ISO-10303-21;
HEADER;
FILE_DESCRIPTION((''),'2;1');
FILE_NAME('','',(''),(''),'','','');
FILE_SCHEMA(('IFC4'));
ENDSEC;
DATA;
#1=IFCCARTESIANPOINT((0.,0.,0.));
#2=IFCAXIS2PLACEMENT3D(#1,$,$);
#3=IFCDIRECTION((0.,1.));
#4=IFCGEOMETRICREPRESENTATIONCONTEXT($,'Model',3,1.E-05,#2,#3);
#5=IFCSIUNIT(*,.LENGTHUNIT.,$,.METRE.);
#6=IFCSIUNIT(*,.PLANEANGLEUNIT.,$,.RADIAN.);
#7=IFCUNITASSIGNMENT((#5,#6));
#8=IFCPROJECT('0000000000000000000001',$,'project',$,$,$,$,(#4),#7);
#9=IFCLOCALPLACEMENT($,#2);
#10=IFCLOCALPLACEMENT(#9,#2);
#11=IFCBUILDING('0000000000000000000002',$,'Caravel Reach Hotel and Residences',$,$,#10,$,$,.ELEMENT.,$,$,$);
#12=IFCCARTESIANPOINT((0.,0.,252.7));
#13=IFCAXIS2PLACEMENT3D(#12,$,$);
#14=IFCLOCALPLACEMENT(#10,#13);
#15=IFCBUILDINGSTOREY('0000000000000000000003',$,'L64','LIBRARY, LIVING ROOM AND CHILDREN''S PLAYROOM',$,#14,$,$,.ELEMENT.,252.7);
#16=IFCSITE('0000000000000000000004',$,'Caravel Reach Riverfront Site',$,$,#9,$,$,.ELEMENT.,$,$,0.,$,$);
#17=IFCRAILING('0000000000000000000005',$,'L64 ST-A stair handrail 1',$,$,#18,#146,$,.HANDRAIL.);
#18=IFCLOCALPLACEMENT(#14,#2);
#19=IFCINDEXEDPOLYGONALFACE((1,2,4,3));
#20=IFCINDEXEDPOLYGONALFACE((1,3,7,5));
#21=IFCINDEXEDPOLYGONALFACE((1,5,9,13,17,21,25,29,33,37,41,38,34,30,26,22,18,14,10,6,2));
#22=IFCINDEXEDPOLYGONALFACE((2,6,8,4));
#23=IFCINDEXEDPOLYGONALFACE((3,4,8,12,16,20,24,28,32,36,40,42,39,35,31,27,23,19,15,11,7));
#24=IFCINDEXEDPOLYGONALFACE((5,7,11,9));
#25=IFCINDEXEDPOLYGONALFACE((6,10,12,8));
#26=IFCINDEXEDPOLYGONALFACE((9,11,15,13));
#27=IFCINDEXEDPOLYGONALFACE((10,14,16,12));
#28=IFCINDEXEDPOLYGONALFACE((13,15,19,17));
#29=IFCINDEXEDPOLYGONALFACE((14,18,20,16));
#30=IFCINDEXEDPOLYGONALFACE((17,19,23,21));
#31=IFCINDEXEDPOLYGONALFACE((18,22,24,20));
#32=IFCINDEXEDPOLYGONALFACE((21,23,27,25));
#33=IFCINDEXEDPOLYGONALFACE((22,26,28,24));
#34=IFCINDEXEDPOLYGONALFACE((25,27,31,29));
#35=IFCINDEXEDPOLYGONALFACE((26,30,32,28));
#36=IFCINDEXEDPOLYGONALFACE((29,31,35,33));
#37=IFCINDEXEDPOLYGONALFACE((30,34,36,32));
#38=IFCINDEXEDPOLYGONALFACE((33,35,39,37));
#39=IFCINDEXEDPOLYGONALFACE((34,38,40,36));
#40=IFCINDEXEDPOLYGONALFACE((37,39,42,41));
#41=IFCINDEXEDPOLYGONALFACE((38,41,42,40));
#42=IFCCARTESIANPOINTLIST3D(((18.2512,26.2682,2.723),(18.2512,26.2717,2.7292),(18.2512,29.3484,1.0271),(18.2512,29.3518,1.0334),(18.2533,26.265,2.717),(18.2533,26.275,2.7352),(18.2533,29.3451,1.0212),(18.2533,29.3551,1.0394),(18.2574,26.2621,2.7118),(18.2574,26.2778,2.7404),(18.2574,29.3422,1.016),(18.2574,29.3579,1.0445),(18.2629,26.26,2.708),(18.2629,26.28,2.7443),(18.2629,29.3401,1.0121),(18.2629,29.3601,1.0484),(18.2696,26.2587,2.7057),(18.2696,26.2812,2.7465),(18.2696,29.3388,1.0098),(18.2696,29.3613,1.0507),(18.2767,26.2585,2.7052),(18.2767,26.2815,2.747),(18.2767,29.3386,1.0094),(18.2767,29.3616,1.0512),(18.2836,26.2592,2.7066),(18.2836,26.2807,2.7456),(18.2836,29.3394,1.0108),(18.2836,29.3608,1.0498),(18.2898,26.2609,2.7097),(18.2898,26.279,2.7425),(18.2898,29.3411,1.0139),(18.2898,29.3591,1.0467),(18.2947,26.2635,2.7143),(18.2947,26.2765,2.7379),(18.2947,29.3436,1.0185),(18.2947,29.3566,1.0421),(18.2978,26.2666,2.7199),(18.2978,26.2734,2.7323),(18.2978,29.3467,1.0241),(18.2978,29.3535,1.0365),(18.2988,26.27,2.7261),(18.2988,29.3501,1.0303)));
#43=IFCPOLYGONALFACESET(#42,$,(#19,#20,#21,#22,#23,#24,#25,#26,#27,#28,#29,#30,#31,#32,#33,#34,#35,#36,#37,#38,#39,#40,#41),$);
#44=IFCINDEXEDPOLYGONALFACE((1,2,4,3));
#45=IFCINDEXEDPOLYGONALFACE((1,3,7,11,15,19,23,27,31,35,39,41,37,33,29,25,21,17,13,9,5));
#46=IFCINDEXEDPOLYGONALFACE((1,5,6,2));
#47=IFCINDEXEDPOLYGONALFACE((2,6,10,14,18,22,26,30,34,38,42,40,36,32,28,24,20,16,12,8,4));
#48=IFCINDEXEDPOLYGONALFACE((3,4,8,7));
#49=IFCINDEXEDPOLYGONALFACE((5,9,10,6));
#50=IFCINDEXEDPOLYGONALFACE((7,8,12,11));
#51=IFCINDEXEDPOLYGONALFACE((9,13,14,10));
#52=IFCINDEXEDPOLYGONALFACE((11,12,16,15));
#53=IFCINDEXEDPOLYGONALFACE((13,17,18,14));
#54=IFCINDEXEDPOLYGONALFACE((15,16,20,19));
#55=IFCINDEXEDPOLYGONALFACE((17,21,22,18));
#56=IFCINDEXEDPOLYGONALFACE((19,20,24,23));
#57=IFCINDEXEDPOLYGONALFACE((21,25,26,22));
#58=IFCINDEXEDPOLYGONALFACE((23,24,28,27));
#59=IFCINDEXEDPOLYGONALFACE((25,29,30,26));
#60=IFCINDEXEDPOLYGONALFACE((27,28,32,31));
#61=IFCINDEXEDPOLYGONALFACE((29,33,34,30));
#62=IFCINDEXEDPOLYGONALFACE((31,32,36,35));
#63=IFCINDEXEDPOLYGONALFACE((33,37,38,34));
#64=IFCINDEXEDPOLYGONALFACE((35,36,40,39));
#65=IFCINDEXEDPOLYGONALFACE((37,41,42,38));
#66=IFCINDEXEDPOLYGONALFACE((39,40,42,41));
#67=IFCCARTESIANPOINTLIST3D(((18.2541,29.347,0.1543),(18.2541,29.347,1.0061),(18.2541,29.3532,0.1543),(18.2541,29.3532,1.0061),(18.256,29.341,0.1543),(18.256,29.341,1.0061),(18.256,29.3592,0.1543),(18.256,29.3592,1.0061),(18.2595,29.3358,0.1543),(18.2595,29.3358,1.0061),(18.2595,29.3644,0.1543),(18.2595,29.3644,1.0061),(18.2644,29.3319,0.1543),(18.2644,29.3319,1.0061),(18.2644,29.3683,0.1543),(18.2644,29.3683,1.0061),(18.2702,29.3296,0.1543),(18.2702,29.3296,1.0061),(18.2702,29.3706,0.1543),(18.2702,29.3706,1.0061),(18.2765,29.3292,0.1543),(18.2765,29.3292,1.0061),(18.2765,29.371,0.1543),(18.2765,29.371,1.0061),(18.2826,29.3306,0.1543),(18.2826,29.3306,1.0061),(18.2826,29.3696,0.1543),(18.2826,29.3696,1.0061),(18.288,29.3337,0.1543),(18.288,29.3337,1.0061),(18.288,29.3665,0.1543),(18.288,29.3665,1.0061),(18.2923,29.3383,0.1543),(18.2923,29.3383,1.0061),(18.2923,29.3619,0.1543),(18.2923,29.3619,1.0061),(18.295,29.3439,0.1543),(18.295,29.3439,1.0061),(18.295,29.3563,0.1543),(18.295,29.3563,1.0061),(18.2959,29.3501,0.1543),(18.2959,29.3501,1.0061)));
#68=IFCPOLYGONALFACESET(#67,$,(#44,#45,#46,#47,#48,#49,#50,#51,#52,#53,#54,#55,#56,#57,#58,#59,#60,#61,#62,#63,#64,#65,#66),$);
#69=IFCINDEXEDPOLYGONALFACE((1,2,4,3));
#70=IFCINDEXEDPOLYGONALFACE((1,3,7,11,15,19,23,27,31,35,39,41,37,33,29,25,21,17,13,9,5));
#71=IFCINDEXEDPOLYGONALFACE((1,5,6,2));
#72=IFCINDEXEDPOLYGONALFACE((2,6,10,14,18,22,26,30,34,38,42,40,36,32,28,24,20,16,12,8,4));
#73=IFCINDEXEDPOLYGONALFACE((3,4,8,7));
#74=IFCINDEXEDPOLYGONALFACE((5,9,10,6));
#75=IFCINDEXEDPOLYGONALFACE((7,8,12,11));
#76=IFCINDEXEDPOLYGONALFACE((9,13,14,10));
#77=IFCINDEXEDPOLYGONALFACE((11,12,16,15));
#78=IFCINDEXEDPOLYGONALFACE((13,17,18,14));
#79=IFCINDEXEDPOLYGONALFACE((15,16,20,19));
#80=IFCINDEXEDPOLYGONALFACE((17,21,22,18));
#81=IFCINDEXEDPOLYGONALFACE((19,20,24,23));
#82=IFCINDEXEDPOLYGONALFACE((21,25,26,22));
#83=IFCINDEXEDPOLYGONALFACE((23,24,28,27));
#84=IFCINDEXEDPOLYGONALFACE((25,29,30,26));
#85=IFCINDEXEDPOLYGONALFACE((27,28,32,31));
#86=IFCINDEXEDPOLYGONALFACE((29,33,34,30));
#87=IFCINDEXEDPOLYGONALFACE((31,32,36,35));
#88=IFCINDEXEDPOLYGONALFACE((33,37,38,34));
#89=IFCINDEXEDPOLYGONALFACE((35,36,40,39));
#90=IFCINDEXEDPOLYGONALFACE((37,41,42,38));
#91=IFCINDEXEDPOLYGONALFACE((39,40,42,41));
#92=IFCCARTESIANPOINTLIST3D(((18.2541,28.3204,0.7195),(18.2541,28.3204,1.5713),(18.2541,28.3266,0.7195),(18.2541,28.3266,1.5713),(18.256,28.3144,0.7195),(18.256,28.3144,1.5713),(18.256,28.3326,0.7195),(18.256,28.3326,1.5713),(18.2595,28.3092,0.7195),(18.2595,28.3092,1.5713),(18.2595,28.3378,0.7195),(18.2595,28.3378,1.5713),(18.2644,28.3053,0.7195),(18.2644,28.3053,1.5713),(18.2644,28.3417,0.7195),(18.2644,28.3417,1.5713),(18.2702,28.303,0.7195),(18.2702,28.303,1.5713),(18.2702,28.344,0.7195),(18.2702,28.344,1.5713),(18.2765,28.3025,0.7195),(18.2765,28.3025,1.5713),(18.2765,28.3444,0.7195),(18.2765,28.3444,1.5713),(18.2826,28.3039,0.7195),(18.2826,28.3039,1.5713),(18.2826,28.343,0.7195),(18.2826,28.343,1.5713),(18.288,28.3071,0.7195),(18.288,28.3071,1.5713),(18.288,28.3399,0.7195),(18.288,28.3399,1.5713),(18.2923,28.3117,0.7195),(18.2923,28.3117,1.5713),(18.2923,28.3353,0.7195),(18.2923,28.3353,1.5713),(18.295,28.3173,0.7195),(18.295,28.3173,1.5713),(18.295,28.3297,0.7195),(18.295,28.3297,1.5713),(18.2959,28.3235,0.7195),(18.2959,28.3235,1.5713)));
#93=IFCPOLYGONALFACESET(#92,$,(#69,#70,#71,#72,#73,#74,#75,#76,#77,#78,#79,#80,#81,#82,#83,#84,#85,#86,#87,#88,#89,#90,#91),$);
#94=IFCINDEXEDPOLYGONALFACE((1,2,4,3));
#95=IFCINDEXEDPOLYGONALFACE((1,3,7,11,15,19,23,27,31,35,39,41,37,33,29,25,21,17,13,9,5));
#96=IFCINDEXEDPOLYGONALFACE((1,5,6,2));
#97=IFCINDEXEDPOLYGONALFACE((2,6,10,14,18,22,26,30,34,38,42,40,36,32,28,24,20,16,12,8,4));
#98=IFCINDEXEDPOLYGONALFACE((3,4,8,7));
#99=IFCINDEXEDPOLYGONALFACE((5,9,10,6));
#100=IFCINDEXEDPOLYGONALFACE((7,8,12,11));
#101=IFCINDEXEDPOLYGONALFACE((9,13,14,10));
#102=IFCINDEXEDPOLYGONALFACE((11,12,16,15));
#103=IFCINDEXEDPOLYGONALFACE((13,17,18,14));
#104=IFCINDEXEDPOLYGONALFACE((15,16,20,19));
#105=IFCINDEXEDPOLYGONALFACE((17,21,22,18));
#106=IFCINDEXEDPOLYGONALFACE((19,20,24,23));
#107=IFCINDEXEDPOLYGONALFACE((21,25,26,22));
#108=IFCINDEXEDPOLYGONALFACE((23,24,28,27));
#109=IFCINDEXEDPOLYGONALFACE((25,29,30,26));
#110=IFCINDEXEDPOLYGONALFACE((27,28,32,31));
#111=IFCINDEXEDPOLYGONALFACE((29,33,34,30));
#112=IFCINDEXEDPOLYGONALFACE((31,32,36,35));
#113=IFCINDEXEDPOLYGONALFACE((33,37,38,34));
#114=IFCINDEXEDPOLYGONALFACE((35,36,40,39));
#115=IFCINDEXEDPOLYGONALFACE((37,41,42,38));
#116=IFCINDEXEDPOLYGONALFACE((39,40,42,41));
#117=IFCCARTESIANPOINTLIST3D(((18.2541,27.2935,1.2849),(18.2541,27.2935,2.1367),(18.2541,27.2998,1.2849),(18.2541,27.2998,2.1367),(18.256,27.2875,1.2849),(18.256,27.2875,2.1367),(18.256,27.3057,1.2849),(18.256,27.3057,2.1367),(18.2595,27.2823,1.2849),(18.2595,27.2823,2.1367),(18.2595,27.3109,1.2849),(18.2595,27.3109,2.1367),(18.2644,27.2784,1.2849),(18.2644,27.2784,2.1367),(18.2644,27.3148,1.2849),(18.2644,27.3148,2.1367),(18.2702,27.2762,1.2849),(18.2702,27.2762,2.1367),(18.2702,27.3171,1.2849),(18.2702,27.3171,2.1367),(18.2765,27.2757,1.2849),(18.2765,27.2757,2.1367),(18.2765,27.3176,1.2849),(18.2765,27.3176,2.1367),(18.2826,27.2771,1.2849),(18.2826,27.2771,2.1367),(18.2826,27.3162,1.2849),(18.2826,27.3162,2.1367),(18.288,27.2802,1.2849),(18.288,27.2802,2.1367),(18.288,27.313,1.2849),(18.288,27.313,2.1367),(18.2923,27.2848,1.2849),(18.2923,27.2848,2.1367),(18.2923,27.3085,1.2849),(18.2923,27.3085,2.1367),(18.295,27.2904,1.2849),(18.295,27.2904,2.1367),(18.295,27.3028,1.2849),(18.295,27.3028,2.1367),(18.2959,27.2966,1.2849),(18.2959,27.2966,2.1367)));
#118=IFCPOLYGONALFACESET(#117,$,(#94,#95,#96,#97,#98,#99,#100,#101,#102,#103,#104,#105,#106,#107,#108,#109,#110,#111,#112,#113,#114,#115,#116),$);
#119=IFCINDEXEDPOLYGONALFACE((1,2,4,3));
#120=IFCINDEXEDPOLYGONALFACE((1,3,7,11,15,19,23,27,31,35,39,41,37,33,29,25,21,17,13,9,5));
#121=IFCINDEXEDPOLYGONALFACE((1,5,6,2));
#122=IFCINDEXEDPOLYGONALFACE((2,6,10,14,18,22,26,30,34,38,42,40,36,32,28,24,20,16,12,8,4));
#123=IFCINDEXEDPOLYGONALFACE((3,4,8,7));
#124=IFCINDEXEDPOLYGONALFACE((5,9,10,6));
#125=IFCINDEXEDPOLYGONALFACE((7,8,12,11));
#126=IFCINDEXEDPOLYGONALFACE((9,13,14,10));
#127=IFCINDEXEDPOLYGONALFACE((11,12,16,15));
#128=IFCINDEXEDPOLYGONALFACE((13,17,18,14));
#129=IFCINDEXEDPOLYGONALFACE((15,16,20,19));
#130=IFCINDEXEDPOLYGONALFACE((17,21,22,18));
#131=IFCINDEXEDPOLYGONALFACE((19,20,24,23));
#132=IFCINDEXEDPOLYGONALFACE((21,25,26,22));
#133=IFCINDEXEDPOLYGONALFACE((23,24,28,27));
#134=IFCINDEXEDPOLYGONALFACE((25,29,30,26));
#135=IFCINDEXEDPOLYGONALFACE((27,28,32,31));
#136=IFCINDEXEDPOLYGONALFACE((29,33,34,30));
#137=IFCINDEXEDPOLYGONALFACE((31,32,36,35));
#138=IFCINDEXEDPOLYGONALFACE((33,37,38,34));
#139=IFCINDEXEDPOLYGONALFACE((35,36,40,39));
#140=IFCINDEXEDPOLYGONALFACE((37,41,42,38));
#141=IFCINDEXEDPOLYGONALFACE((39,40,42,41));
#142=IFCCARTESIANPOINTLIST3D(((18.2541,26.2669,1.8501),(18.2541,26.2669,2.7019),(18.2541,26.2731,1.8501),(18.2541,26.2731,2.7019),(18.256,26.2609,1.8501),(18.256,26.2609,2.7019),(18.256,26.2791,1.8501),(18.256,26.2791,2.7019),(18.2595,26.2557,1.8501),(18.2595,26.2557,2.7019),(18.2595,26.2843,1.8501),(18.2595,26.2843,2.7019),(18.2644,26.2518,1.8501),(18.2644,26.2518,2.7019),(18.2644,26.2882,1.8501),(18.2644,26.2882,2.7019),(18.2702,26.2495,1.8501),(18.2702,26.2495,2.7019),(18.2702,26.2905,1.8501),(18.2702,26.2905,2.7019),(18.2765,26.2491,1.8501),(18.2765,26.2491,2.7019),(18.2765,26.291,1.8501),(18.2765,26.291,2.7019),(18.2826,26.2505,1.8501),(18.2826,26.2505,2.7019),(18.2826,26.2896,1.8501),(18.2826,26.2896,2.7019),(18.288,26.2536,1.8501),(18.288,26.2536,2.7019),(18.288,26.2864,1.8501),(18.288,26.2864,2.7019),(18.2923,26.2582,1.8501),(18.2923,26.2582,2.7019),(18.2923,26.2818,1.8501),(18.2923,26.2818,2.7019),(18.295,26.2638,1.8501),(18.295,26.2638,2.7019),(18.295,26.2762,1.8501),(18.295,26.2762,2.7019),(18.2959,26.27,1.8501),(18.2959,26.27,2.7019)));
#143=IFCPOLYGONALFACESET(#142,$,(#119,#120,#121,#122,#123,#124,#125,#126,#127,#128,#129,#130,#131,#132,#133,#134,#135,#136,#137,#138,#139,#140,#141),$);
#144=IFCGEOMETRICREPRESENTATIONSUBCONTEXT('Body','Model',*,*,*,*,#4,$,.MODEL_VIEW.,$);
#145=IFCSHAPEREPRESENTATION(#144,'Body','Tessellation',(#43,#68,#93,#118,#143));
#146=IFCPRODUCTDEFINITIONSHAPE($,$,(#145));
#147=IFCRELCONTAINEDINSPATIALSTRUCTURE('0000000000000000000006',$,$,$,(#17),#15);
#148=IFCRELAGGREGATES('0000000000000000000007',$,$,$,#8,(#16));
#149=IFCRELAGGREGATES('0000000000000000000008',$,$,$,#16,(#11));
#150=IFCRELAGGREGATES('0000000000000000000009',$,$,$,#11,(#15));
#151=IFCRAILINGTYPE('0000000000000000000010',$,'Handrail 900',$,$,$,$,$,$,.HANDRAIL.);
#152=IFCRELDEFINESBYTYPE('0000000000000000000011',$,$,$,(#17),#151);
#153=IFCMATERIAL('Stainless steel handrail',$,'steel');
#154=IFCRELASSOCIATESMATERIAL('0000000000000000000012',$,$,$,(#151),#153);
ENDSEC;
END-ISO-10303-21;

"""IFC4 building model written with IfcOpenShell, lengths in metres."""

from ifc_helpers import new_model, si_unit, direction, frame, origin, origin_2d, place, context, subcontext, project, spatial, circle, extrude, material, type_object, element, save


model = new_model("IFC4")

# Units and contexts
model_context = context("Model", 3, precision=1e-05, world=origin(), true_north=direction((0.0, 1.0)))
body_context = subcontext(model_context, "Body", "Model", "MODEL_VIEW")
ifc_project = project(units=[si_unit("LENGTHUNIT", "METRE"), si_unit("PLANEANGLEUNIT", "RADIAN")], contexts=[model_context])

# Site, building, storey
site_placement = place(None, origin())
site = spatial("IfcSite", under=ifc_project, at=site_placement, Name="Caravel Reach Riverfront Site", CompositionType="ELEMENT", RefElevation=0.0)
building_placement = place(site_placement, origin())
building = spatial("IfcBuilding", under=site, at=building_placement, Name="Caravel Reach Hotel and Residences", CompositionType="ELEMENT")
storey_placement = place(building_placement, frame((0.0, 0.0, 252.7)))
storey = spatial("IfcBuildingStorey", under=building, at=storey_placement, Name="L64", Description="LIBRARY, LIVING ROOM AND CHILDREN'S PLAYROOM", CompositionType="ELEMENT", Elevation=252.7)

# Railing
ifc_material_1 = material(Name="Stainless steel handrail", Category="steel")
railing_type_1 = type_object("IfcRailingType", Name="Handrail 900", PredefinedType="HANDRAIL", material=ifc_material_1)
railing_1_placement = place(storey_placement, frame((18.2749, 29.3501, 0.1543)))
element("IfcRailing", 1, at=railing_1_placement, inside=storey, type_object=railing_type_1, Name="L64 ST-A stair handrail 1", PredefinedType="HANDRAIL", context=body_context, shape_type="SweptSolid", body=[
    extrude(circle(Radius=0.0239, at=origin_2d()), frame((0.0, 0.0, 0.876), z_axis=(0.0, -0.876005, 0.482303), x_axis=(1.0, 0.0, 0.0)), (0.0, 0.0, 1.0), 3.5161),
    extrude(circle(Radius=0.021, at=origin_2d()), origin(), (0.0, 0.0, 1.0), 0.8518),
    extrude(circle(Radius=0.021, at=origin_2d()), frame((0.0, -1.0266, 0.5652)), (0.0, 0.0, 1.0), 0.8518),
    extrude(circle(Radius=0.021, at=origin_2d()), frame((0.0, -2.0535, 1.1306)), (0.0, 0.0, 1.0), 0.8518),
    extrude(circle(Radius=0.021, at=origin_2d()), frame((0.0, -3.0801, 1.6958)), (0.0, 0.0, 1.0), 0.8518),
])

save(model, "model.ifc")
